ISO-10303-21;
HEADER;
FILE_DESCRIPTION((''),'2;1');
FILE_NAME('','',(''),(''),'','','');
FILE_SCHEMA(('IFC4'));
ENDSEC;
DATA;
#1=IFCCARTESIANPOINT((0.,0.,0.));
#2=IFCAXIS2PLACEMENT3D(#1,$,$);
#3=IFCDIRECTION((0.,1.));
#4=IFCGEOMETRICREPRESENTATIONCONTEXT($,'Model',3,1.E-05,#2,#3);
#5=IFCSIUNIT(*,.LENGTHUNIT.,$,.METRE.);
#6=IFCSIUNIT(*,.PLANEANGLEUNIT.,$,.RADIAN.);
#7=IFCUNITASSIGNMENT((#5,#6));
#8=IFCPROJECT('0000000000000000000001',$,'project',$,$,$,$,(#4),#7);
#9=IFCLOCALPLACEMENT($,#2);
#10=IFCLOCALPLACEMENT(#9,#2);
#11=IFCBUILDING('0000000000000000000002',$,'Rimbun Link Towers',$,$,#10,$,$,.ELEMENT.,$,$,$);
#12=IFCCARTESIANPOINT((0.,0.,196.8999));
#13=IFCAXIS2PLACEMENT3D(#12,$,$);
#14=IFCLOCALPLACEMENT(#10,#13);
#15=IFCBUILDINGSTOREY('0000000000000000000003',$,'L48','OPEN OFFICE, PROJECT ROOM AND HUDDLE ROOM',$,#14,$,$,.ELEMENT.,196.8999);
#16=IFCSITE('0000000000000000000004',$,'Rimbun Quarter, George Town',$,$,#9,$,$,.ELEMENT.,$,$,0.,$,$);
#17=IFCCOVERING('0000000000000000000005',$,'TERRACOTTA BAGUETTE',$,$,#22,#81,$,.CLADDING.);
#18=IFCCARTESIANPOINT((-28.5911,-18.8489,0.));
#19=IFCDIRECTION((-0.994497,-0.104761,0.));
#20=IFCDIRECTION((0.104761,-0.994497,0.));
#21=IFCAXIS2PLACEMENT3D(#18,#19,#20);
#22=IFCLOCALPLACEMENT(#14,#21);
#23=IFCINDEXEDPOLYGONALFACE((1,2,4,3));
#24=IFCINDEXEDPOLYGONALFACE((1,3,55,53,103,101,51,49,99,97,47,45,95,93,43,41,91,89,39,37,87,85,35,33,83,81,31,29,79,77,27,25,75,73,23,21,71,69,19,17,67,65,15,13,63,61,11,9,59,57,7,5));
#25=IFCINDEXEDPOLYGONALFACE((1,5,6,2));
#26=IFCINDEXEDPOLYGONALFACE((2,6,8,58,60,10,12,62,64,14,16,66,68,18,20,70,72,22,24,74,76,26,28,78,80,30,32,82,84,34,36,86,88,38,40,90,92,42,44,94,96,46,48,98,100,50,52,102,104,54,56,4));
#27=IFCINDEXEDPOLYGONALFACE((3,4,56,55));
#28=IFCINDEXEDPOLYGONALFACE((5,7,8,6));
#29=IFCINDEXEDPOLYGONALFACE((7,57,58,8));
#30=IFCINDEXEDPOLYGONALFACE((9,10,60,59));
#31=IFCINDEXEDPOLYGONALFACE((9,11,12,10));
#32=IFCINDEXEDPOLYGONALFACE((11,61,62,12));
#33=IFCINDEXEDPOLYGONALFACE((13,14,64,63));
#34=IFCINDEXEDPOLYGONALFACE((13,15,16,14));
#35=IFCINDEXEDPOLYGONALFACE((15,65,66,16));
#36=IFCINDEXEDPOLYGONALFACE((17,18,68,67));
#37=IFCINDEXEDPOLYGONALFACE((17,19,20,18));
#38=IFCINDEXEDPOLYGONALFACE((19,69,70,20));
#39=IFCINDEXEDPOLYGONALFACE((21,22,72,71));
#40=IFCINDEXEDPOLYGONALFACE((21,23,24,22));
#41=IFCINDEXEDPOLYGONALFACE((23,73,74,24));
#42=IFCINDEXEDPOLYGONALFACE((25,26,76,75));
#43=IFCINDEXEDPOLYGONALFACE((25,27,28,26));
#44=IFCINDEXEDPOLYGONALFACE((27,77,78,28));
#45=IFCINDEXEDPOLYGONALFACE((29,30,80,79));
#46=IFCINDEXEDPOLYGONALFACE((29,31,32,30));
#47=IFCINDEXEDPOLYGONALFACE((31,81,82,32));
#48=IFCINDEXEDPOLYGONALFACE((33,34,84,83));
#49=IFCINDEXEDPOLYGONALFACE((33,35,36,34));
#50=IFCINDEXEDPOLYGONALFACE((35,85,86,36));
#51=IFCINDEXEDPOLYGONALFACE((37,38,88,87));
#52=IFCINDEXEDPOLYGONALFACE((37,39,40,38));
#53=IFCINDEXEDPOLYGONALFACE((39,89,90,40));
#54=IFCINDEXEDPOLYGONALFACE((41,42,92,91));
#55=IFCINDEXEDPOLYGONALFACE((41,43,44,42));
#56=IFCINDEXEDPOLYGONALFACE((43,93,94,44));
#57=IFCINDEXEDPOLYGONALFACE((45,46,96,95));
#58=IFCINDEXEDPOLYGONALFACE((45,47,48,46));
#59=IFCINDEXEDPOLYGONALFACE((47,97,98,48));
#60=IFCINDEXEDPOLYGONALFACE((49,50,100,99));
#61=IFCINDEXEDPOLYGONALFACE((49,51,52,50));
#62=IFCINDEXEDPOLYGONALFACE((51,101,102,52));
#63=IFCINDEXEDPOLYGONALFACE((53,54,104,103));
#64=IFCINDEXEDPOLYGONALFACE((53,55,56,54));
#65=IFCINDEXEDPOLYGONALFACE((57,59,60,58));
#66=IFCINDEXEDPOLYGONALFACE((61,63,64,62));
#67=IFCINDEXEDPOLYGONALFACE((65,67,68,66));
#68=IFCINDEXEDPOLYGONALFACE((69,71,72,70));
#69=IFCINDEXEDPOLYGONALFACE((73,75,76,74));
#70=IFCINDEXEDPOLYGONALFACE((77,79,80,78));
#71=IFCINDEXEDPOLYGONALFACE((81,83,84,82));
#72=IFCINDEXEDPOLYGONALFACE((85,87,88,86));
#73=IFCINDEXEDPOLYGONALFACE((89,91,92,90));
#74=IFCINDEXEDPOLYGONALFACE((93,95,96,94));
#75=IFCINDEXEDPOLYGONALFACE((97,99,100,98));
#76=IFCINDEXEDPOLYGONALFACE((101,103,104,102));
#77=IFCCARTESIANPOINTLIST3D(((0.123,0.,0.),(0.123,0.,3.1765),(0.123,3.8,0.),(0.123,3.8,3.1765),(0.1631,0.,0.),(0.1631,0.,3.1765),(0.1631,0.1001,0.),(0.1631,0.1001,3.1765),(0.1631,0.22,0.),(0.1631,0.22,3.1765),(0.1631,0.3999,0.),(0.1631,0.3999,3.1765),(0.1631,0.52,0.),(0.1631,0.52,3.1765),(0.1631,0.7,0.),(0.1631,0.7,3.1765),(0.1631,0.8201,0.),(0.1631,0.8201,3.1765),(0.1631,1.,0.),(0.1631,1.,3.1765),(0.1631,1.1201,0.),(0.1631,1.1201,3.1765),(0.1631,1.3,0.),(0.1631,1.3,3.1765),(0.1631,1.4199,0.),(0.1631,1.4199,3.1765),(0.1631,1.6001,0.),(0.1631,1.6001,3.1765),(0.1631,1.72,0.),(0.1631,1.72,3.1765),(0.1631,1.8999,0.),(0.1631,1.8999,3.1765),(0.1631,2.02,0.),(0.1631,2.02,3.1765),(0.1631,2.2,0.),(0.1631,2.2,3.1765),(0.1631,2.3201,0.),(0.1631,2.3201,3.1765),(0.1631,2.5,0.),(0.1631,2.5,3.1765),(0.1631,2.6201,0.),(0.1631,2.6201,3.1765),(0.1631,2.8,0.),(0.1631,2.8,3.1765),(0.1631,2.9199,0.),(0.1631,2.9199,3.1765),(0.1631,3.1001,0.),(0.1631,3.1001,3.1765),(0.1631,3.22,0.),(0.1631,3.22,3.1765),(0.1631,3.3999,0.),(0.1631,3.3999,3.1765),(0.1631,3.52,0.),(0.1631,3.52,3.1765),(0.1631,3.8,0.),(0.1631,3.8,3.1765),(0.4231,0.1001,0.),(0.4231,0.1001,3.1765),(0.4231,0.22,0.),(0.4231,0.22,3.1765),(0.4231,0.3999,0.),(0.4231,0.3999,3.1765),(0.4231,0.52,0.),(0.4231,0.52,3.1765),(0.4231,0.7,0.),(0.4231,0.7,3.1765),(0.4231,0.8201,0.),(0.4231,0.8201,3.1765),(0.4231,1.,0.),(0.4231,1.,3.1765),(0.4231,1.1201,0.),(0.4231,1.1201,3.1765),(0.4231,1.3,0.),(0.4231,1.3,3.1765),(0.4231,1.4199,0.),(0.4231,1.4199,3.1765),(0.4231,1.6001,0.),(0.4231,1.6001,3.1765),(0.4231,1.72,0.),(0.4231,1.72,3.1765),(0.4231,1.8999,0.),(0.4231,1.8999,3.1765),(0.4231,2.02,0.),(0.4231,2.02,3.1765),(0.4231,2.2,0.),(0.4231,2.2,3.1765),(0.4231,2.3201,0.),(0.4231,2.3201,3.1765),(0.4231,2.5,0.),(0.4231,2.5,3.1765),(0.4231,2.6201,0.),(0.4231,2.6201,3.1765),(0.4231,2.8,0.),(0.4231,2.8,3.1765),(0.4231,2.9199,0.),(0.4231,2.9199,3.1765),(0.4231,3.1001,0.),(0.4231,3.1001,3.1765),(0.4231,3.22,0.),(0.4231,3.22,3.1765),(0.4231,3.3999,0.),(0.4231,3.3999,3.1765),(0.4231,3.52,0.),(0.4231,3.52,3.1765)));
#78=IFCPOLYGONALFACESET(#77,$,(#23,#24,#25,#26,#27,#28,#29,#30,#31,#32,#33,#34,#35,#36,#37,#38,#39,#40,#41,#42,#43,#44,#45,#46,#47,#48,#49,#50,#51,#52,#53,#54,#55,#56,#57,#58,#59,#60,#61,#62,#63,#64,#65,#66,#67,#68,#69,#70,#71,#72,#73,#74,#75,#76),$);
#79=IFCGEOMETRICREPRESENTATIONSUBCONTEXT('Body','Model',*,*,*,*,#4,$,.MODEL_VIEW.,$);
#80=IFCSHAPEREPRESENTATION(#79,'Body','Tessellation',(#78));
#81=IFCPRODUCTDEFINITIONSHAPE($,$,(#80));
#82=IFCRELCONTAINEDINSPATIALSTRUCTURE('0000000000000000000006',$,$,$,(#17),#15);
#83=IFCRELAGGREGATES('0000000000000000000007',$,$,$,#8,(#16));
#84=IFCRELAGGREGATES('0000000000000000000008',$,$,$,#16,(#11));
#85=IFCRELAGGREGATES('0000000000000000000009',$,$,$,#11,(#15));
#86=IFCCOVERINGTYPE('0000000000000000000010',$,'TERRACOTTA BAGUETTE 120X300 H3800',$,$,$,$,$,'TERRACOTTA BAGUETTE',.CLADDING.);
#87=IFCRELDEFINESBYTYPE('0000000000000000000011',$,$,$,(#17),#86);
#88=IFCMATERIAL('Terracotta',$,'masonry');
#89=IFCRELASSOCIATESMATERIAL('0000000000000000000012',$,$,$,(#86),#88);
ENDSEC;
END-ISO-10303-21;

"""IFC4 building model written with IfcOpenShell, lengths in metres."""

from ifc_helpers import new_model, si_unit, direction, frame, origin, place, context, subcontext, project, spatial, polyline, outline, extrude, material, material_profile, profile_set, type_object, element, save


model = new_model("IFC4")

# Units and contexts
model_context = context("Model", 3, precision=1e-05, world=origin(), true_north=direction((0.0, 1.0)))
body_context = subcontext(model_context, "Body", "Model", "MODEL_VIEW")
ifc_project = project(units=[si_unit("LENGTHUNIT", "METRE"), si_unit("PLANEANGLEUNIT", "RADIAN")], contexts=[model_context])

# Site, building, storey
site_placement = place(None, origin())
site = spatial("IfcSite", under=ifc_project, at=site_placement, Name="Rimbun Quarter, George Town", CompositionType="ELEMENT", RefElevation=0.0)
building_placement = place(site_placement, origin())
building = spatial("IfcBuilding", under=site, at=building_placement, Name="Rimbun Link Towers", CompositionType="ELEMENT")
storey_placement = place(building_placement, frame((0.0, 0.0, 196.8999)))
storey = spatial("IfcBuildingStorey", under=building, at=storey_placement, Name="L48", Description="OPEN OFFICE, PROJECT ROOM AND HUDDLE ROOM", CompositionType="ELEMENT", Elevation=196.8999)

# Covering
ifc_material_1 = material(Name="Terracotta", Category="masonry")
ifc_material_profile_1 = material_profile(ifc_material_1, outline(polyline([(0.123, 0.0), (0.1631, 0.0), (0.1631, 0.1001), (0.4231, 0.1001), (0.4231, 0.22), (0.1631, 0.22), (0.1631, 0.3999), (0.4231, 0.3999), (0.4231, 0.52), (0.1631, 0.52), (0.1631, 0.7), (0.4231, 0.7), (0.4231, 0.8201), (0.1631, 0.8201), (0.1631, 1.0), (0.4231, 1.0), (0.4231, 1.1201), (0.1631, 1.1201), (0.1631, 1.3), (0.4231, 1.3), (0.4231, 1.4199), (0.1631, 1.4199), (0.1631, 1.6001), (0.4231, 1.6001), (0.4231, 1.72), (0.1631, 1.72), (0.1631, 1.8999), (0.4231, 1.8999), (0.4231, 2.02), (0.1631, 2.02), (0.1631, 2.2), (0.4231, 2.2), (0.4231, 2.3201), (0.1631, 2.3201), (0.1631, 2.5), (0.4231, 2.5), (0.4231, 2.6201), (0.1631, 2.6201), (0.1631, 2.8), (0.4231, 2.8), (0.4231, 2.9199), (0.1631, 2.9199), (0.1631, 3.1001), (0.4231, 3.1001), (0.4231, 3.22), (0.1631, 3.22), (0.1631, 3.3999), (0.4231, 3.3999), (0.4231, 3.52), (0.1631, 3.52), (0.1631, 3.8), (0.123, 3.8), (0.123, 0.0)])), Name="BAGUETTE 120X300")
ifc_profile_set_1 = profile_set([ifc_material_profile_1], Name="Terracotta")
covering_type = type_object("IfcCoveringType", Name="TERRACOTTA BAGUETTE 120X300 H3800", ElementType="TERRACOTTA BAGUETTE", PredefinedType="CLADDING", material=ifc_profile_set_1)
for number, where, z_axis, x_axis, name in (
    (1, (-28.5911, -18.8489, 0.0), (-0.994497, -0.104761, 0.0), (0.104761, -0.994497, 0.0), "TERRACOTTA BAGUETTE"),
):
    element("IfcCovering", number, at=place(storey_placement, frame(where, z_axis=z_axis, x_axis=x_axis)), inside=storey, type_object=covering_type, Name=name, PredefinedType="CLADDING", context=body_context, shape_type="SweptSolid", body=[
        extrude(outline(polyline([(0.123, 0.0), (0.1631, 0.0), (0.1631, 0.1001), (0.4231, 0.1001), (0.4231, 0.22), (0.1631, 0.22), (0.1631, 0.3999), (0.4231, 0.3999), (0.4231, 0.52), (0.1631, 0.52), (0.1631, 0.7), (0.4231, 0.7), (0.4231, 0.8201), (0.1631, 0.8201), (0.1631, 1.0), (0.4231, 1.0), (0.4231, 1.1201), (0.1631, 1.1201), (0.1631, 1.3), (0.4231, 1.3), (0.4231, 1.4199), (0.1631, 1.4199), (0.1631, 1.6001), (0.4231, 1.6001), (0.4231, 1.72), (0.1631, 1.72), (0.1631, 1.8999), (0.4231, 1.8999), (0.4231, 2.02), (0.1631, 2.02), (0.1631, 2.2), (0.4231, 2.2), (0.4231, 2.3201), (0.1631, 2.3201), (0.1631, 2.5), (0.4231, 2.5), (0.4231, 2.6201), (0.1631, 2.6201), (0.1631, 2.8), (0.4231, 2.8), (0.4231, 2.9199), (0.1631, 2.9199), (0.1631, 3.1001), (0.4231, 3.1001), (0.4231, 3.22), (0.1631, 3.22), (0.1631, 3.3999), (0.4231, 3.3999), (0.4231, 3.52), (0.1631, 3.52), (0.1631, 3.8), (0.123, 3.8), (0.123, 0.0)])), origin(), (0.0, 0.0, 1.0), 3.1765),
    ])

save(model, "model.ifc")
